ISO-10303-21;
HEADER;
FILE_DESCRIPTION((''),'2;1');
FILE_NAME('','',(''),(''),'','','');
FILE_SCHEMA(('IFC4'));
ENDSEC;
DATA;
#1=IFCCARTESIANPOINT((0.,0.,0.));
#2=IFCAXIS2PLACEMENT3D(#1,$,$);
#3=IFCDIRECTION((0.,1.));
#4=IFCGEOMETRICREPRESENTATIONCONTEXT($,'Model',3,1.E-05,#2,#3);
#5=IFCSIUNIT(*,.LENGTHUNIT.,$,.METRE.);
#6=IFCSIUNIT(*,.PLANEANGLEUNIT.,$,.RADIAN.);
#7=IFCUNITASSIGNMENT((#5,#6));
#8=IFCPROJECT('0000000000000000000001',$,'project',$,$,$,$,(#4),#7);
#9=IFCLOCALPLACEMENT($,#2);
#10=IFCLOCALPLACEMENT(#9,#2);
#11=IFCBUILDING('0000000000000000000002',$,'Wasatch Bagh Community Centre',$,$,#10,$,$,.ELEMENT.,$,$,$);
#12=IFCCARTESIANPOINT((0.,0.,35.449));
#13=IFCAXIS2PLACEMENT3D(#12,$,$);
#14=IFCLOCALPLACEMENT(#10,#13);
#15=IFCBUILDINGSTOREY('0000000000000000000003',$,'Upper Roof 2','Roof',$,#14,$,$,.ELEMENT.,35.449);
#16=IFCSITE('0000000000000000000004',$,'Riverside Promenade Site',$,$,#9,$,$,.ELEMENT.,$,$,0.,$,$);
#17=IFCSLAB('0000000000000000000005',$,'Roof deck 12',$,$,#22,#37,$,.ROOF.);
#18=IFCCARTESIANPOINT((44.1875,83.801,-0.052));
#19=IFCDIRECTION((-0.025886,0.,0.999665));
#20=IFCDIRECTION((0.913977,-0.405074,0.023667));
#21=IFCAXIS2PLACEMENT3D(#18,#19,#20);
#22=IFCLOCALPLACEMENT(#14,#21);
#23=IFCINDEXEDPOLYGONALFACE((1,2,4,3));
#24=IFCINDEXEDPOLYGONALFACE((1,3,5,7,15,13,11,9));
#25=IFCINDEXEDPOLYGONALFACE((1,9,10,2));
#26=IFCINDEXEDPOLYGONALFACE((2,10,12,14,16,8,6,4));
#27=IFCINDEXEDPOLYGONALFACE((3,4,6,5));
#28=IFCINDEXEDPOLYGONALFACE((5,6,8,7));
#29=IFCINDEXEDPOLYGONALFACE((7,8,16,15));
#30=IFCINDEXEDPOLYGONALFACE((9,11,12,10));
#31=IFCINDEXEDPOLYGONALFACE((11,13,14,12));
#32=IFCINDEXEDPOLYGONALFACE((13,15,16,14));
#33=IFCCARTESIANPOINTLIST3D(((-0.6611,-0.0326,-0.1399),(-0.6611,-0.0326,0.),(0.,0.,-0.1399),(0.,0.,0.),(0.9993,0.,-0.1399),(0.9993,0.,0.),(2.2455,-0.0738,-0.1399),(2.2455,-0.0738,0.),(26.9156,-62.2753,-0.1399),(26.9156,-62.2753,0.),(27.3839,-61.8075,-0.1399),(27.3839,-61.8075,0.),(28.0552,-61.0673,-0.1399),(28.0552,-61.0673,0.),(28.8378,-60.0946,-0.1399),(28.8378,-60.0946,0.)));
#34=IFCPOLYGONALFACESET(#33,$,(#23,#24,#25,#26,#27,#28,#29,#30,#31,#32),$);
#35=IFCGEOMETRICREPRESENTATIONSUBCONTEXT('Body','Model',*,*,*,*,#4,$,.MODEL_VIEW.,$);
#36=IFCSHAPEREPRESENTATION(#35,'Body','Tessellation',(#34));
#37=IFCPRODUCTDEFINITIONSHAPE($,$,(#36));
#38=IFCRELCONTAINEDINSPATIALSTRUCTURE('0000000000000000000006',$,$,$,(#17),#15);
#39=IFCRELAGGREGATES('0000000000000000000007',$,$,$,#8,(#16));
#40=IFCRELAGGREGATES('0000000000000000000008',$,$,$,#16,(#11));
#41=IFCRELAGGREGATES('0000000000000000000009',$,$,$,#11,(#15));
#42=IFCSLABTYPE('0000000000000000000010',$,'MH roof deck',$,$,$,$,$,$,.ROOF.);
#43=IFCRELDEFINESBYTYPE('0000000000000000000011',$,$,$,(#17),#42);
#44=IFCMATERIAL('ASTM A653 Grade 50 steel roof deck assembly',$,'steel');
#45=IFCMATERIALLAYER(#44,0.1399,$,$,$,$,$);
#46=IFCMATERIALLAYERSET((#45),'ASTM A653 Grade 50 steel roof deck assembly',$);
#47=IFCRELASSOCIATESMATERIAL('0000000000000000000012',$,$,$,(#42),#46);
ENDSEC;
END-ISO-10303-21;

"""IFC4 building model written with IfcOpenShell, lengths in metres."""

from ifc_helpers import new_model, si_unit, direction, frame, origin, place, context, subcontext, project, spatial, polyline, outline, extrude, material, layer, layer_set, type_object, element, save


model = new_model("IFC4")

# Units and contexts
model_context = context("Model", 3, precision=1e-05, world=origin(), true_north=direction((0.0, 1.0)))
body_context = subcontext(model_context, "Body", "Model", "MODEL_VIEW")
ifc_project = project(units=[si_unit("LENGTHUNIT", "METRE"), si_unit("PLANEANGLEUNIT", "RADIAN")], contexts=[model_context])

# Site, building, storey
site_placement = place(None, origin())
site = spatial("IfcSite", under=ifc_project, at=site_placement, Name="Riverside Promenade Site", CompositionType="ELEMENT", RefElevation=0.0)
building_placement = place(site_placement, origin())
building = spatial("IfcBuilding", under=site, at=building_placement, Name="Wasatch Bagh Community Centre", CompositionType="ELEMENT")
storey_placement = place(building_placement, frame((0.0, 0.0, 35.449)))
storey = spatial("IfcBuildingStorey", under=building, at=storey_placement, Name="Upper Roof 2", Description="Roof", CompositionType="ELEMENT", Elevation=35.449)

# Slab
ifc_material_1 = material(Name="ASTM A653 Grade 50 steel roof deck assembly", Category="steel")
ifc_layer = layer(ifc_material_1, 0.1399)
ifc_layer_set = layer_set([ifc_layer], Name="ASTM A653 Grade 50 steel roof deck assembly")
slab_type = type_object("IfcSlabType", Name="MH roof deck", PredefinedType="ROOF", material=ifc_layer_set)
slab_placement = place(storey_placement, frame((44.1875, 83.801, -0.052), z_axis=(-0.025886, 0.0, 0.999665), x_axis=(0.913977, -0.405074, 0.023667)))
element("IfcSlab", 1, at=slab_placement, inside=storey, type_object=slab_type, Name="Roof deck 12", PredefinedType="ROOF", context=body_context, shape_type="SweptSolid", body=[
    extrude(outline(polyline([(0.0, 0.0), (0.9993, 0.0), (2.2455, -0.0738), (28.8378, -60.0946), (28.0552, -61.0673), (27.3839, -61.8075), (26.9156, -62.2753), (-0.6611, -0.0326), (0.0, 0.0)])), origin(), (0.0, 0.0, -1.0), 0.1399),
])

save(model, "model.ifc")
